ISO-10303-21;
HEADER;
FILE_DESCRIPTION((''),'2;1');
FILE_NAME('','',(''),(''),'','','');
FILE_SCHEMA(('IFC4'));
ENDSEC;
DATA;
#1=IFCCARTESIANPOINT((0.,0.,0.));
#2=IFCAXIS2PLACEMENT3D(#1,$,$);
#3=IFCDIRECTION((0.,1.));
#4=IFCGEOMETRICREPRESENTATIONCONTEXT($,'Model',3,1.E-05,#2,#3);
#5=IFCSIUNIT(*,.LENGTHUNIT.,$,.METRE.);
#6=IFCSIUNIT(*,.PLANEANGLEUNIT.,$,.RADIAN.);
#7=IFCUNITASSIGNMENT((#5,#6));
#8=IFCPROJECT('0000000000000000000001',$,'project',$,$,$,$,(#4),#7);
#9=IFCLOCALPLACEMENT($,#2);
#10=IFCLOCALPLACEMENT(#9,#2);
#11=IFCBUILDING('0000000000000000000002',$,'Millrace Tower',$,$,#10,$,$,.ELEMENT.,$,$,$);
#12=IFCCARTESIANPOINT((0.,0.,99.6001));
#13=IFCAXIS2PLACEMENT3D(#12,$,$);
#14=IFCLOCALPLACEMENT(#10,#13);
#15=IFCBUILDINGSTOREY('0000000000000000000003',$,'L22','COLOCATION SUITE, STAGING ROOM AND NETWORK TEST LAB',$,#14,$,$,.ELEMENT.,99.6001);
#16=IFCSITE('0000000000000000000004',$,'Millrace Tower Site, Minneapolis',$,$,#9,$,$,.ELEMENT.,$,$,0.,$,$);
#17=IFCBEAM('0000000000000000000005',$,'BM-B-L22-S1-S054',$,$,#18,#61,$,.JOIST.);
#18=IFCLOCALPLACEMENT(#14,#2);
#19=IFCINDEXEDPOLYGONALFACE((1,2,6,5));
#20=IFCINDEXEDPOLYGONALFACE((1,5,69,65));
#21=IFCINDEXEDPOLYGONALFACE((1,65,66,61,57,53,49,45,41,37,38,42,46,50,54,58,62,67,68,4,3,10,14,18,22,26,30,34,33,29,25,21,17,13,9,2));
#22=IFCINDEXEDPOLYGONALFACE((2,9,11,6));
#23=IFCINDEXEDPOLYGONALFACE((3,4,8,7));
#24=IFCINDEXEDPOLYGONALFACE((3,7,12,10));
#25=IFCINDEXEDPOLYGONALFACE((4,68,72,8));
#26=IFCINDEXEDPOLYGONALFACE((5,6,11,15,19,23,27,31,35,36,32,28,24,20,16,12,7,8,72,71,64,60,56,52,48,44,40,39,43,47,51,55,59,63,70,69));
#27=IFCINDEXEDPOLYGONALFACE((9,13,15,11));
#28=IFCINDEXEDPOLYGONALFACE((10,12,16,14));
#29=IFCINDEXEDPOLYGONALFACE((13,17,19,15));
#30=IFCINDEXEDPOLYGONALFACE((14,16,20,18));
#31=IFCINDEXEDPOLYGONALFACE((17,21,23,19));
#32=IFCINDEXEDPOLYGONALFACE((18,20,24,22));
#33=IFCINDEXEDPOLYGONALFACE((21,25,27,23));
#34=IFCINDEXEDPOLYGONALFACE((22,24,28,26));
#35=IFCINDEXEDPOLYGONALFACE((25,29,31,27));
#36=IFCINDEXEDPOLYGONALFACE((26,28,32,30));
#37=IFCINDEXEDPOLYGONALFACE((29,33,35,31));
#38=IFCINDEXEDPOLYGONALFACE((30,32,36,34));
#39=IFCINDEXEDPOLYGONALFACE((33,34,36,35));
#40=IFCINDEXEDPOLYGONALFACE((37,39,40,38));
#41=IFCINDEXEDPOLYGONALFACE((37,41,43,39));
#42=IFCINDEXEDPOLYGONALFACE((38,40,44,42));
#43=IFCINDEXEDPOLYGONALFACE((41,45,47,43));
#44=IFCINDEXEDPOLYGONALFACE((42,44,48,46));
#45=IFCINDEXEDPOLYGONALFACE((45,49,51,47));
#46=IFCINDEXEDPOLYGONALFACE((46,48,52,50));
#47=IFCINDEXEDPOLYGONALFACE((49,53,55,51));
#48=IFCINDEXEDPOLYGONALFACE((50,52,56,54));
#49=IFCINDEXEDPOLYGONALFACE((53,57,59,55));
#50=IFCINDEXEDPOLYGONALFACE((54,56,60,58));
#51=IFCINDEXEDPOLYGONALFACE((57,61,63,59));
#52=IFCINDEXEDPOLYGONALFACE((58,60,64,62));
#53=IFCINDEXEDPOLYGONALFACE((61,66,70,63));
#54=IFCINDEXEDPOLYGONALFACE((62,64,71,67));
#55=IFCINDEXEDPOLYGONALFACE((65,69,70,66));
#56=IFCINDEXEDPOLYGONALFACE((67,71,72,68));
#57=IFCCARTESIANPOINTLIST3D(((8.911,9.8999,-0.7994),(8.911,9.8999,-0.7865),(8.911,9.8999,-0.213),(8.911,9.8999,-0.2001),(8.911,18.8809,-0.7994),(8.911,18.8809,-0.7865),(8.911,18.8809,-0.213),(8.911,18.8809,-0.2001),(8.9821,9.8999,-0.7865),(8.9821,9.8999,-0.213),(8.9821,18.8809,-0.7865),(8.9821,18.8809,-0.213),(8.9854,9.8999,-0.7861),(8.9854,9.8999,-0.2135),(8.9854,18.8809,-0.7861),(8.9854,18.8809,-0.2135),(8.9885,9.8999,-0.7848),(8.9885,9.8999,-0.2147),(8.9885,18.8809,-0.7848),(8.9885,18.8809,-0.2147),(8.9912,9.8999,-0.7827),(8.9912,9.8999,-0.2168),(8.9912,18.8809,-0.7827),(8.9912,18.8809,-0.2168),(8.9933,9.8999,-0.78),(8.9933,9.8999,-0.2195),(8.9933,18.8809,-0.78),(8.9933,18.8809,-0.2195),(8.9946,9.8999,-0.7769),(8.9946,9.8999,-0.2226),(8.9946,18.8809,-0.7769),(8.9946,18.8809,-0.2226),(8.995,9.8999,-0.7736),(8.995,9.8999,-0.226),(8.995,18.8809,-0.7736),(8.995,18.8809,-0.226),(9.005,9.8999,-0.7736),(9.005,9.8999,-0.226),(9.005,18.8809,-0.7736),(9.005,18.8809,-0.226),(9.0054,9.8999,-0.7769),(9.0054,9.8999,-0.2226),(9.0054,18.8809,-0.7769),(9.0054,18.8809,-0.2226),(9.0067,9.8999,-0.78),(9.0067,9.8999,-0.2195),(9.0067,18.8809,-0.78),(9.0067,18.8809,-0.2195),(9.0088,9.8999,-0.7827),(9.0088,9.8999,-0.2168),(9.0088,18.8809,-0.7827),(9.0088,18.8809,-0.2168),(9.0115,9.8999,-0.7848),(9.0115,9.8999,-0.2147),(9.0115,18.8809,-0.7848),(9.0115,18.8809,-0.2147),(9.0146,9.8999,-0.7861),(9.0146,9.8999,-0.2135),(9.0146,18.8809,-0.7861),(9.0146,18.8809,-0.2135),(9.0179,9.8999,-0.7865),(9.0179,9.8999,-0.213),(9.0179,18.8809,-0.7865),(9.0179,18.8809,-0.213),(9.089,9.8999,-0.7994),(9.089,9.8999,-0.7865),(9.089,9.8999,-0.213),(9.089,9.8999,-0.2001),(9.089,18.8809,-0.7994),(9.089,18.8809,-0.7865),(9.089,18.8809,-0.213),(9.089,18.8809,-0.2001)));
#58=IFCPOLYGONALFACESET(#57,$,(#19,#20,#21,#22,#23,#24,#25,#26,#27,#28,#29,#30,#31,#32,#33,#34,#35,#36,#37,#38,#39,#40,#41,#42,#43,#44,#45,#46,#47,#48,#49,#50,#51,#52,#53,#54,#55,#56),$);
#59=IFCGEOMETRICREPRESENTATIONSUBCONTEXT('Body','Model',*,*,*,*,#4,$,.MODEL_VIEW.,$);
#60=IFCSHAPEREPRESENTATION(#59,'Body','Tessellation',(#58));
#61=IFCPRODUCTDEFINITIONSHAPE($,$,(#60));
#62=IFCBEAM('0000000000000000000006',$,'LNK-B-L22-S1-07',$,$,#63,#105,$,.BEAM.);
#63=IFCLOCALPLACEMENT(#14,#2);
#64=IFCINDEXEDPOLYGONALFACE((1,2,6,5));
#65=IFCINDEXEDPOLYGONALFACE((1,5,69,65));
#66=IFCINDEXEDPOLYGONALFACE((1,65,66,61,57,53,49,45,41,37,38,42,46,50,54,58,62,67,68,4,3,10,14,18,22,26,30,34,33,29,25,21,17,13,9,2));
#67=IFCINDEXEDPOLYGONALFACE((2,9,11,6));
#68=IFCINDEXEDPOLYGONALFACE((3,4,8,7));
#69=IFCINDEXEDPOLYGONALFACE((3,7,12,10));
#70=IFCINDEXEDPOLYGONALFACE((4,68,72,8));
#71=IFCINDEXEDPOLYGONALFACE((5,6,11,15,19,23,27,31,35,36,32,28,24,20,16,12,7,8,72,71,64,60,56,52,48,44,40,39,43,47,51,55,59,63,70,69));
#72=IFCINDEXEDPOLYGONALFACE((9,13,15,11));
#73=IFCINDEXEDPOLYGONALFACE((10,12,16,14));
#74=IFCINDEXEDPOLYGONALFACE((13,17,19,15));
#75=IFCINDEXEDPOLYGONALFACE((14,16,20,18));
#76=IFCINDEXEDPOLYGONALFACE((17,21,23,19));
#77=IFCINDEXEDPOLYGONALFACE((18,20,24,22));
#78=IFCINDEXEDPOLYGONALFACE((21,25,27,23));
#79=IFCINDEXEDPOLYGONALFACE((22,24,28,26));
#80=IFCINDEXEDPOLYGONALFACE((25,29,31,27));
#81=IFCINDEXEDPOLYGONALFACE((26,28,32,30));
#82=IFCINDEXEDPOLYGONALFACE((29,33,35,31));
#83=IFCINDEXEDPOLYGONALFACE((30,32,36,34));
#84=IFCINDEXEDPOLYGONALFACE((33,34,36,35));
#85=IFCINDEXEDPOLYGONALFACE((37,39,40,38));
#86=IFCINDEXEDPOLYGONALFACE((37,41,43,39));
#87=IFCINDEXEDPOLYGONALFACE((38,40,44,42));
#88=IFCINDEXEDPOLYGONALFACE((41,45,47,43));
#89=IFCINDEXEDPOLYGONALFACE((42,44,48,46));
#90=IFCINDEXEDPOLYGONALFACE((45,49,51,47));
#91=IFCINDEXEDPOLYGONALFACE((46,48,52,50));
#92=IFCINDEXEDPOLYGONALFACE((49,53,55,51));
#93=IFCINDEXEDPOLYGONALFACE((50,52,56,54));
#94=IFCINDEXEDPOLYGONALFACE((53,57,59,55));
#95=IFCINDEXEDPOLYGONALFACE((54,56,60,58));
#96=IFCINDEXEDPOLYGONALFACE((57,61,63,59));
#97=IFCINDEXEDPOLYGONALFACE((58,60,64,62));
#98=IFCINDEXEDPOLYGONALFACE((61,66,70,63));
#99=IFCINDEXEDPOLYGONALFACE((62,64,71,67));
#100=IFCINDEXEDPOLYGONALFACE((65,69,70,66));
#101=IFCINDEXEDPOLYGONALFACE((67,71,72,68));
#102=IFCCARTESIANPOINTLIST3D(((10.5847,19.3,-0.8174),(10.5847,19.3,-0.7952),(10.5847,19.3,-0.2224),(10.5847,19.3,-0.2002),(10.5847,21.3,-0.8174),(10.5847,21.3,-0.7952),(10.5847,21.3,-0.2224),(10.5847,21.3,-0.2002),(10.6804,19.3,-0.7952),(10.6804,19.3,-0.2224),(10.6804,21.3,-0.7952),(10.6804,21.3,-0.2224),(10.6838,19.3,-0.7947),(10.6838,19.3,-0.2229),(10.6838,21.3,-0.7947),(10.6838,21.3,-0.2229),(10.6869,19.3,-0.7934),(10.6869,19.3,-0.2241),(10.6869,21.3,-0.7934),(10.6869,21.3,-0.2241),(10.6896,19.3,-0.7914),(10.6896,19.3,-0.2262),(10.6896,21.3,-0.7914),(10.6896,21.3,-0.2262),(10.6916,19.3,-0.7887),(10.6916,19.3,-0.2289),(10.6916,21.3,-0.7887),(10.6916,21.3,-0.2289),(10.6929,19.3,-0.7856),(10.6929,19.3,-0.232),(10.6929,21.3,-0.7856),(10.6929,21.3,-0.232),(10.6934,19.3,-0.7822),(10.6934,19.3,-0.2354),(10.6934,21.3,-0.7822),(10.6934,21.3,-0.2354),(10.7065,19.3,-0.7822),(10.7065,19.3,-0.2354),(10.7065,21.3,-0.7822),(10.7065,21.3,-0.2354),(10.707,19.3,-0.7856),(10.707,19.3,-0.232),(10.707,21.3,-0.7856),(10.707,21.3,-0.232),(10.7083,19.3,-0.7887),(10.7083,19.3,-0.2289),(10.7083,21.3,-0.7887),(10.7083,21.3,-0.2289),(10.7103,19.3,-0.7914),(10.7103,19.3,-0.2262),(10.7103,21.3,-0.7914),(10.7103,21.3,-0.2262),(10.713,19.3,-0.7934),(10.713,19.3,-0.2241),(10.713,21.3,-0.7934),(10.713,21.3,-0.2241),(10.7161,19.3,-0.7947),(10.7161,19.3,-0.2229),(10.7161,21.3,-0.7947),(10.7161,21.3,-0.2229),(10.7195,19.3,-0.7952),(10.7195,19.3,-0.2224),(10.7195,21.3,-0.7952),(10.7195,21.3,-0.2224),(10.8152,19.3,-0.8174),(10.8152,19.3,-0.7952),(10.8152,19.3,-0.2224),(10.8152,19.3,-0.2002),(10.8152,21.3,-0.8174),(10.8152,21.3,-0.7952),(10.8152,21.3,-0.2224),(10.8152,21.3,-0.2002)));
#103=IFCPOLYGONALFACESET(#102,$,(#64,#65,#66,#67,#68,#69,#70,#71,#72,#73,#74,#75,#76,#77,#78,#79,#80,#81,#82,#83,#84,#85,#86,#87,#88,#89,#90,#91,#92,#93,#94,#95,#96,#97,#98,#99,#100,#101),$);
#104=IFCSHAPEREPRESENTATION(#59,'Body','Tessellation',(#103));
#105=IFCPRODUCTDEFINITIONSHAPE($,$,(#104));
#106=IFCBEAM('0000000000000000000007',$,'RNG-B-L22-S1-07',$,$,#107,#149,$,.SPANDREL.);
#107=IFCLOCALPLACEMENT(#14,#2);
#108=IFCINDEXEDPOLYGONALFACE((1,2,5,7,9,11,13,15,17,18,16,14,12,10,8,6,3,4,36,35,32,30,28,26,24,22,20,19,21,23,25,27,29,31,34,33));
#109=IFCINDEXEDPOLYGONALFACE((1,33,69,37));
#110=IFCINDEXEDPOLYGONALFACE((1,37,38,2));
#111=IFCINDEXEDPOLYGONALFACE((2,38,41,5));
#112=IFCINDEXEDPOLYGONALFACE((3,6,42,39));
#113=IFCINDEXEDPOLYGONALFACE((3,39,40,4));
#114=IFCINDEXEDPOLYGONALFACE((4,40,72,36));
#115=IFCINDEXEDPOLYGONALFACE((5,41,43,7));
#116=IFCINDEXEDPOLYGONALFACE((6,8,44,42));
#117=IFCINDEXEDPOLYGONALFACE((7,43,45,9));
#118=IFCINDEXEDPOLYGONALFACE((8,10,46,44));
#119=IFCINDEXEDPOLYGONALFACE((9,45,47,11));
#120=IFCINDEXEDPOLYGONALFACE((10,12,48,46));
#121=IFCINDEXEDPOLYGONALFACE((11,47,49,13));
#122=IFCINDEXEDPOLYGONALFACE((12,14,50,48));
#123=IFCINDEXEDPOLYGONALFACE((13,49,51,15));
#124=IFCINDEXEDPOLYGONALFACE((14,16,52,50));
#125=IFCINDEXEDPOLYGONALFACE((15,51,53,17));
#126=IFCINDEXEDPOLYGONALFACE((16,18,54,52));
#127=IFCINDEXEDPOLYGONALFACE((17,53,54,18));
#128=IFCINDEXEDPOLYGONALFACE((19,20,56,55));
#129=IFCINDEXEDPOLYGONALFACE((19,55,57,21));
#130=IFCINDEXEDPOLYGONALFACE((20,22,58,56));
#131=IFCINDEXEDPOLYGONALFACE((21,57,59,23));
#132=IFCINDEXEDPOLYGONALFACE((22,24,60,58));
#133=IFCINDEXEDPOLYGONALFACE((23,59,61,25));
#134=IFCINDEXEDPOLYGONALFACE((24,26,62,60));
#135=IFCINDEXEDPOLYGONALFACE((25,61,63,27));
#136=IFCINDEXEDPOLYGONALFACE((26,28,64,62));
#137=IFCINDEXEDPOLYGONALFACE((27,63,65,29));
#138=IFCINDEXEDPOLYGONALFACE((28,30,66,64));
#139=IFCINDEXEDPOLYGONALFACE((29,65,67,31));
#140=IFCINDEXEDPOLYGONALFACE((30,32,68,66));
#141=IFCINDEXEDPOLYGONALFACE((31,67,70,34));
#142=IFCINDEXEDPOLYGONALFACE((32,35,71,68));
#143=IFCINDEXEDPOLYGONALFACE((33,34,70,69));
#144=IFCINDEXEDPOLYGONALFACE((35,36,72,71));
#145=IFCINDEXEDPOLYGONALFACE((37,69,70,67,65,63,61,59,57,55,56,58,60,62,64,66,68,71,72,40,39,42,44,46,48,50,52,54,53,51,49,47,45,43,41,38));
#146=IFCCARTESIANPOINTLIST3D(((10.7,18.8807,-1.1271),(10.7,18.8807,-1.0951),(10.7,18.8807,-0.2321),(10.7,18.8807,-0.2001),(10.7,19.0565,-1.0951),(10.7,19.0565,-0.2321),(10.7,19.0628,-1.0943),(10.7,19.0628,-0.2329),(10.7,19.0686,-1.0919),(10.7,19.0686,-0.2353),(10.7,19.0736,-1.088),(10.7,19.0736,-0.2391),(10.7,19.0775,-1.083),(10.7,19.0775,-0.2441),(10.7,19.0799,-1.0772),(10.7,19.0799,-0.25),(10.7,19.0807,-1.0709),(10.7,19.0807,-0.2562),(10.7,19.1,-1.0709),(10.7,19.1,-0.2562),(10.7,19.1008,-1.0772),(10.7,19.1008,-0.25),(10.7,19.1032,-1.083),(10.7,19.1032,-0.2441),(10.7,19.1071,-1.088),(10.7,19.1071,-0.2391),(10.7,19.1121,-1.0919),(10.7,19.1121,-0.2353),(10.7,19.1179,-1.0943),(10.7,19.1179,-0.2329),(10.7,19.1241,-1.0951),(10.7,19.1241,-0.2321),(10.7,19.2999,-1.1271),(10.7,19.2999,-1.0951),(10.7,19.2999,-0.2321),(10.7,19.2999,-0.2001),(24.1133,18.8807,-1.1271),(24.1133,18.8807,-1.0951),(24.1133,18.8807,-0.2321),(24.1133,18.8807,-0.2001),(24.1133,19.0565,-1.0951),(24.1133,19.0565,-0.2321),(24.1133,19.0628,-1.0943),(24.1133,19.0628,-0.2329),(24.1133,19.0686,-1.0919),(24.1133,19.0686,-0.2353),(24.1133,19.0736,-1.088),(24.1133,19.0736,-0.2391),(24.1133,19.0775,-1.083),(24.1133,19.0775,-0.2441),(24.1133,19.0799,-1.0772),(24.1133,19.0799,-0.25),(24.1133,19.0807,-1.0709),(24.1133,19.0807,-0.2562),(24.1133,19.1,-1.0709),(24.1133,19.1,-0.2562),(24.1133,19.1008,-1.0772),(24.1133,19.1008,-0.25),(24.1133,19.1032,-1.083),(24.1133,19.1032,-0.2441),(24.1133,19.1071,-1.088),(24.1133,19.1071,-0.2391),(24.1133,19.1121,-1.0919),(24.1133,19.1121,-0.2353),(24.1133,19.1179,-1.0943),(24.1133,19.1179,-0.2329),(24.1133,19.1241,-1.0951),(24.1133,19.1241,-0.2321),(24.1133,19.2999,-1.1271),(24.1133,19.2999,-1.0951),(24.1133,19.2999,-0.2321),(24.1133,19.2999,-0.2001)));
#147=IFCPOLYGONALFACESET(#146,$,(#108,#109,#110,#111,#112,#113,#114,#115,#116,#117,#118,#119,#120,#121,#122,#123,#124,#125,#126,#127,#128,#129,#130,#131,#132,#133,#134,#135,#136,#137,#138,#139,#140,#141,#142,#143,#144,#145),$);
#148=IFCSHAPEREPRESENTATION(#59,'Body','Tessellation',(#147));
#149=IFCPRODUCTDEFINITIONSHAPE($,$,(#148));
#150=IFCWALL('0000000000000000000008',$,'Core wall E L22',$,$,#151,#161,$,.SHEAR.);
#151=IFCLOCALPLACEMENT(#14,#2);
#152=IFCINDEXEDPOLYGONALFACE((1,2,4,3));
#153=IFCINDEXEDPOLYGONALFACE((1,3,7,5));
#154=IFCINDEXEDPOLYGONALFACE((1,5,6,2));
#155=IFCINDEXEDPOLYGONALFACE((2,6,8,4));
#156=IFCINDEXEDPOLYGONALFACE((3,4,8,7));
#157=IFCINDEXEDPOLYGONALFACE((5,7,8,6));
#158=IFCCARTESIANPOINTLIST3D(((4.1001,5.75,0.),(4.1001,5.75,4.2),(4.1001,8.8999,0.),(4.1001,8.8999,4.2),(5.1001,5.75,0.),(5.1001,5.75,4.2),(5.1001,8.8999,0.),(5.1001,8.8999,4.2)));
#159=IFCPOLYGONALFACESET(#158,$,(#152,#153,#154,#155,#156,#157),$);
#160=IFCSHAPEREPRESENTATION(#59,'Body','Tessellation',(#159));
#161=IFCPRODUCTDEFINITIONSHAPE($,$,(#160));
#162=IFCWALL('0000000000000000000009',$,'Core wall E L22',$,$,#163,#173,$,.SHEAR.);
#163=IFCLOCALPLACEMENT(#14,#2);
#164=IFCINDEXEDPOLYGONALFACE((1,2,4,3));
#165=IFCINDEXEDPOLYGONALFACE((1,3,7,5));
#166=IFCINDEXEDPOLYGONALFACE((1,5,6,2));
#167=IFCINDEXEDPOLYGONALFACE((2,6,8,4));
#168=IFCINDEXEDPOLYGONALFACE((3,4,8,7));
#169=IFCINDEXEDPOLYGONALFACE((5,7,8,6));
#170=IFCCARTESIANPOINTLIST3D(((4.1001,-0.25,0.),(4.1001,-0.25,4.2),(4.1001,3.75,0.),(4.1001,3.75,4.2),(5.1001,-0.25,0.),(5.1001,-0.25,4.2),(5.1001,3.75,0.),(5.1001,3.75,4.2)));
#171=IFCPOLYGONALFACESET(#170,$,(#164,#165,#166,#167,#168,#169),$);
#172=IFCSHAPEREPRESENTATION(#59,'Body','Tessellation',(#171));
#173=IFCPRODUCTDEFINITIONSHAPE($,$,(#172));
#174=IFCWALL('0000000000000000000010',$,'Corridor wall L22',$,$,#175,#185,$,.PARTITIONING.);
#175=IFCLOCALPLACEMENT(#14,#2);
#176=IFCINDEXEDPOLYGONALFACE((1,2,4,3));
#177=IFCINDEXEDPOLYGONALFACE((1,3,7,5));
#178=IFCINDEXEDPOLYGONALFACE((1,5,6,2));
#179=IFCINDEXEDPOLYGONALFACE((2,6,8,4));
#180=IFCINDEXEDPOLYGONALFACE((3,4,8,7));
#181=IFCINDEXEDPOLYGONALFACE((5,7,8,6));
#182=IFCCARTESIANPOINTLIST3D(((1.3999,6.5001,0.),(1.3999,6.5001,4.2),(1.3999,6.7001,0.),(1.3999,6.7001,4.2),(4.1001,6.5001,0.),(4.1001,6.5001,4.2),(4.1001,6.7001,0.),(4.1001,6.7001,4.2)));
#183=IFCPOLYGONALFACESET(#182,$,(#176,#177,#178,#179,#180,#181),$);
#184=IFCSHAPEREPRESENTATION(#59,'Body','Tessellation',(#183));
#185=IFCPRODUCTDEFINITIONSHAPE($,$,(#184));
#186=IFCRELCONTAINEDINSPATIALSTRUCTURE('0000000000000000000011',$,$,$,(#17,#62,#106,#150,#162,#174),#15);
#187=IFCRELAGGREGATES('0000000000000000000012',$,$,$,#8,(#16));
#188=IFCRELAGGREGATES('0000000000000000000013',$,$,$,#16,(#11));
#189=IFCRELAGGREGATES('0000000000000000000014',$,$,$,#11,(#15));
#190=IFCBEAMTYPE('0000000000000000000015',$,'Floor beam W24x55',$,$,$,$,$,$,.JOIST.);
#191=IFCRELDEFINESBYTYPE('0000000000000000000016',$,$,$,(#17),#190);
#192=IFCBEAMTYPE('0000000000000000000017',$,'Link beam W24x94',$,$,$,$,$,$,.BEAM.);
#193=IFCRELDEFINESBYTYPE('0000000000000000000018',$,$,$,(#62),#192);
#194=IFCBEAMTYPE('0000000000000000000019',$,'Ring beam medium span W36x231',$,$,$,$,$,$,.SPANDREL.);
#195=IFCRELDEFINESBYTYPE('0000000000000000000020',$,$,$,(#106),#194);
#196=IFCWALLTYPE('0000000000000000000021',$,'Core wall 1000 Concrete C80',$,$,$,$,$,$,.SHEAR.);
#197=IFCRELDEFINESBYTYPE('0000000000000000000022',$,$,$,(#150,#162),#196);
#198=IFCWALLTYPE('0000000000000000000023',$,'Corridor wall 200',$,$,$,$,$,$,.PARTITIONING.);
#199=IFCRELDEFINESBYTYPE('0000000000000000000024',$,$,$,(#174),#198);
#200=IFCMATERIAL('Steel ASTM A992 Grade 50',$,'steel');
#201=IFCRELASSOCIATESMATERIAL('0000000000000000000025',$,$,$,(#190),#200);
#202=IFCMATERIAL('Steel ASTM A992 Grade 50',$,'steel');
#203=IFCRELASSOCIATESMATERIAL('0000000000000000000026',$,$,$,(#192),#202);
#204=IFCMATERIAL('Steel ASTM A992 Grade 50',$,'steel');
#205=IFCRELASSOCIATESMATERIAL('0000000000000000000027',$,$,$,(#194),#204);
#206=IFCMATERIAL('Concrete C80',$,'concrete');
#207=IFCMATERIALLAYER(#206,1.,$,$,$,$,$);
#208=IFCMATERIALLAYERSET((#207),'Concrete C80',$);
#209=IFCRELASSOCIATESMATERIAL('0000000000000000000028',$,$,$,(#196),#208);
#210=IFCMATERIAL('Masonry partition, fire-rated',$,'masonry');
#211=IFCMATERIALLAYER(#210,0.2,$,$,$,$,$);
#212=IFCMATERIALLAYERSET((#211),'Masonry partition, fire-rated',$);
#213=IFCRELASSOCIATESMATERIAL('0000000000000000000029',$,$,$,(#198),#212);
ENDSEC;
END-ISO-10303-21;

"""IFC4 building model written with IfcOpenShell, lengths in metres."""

from ifc_helpers import new_model, si_unit, direction, frame, frame_2d, origin, origin_2d, place, context, subcontext, project, spatial, rectangle, i_section, extrude, material, layer, layer_set, material_profile, profile_set, type_object, element, save


model = new_model("IFC4")

# Units and contexts
model_context = context("Model", 3, precision=1e-05, world=origin(), true_north=direction((0.0, 1.0)))
body_context = subcontext(model_context, "Body", "Model", "MODEL_VIEW")
ifc_project = project(units=[si_unit("LENGTHUNIT", "METRE"), si_unit("PLANEANGLEUNIT", "RADIAN")], contexts=[model_context])

# Site, building, storey
site_placement = place(None, origin())
site = spatial("IfcSite", under=ifc_project, at=site_placement, Name="Millrace Tower Site, Minneapolis", CompositionType="ELEMENT", RefElevation=0.0)
building_placement = place(site_placement, origin())
building = spatial("IfcBuilding", under=site, at=building_placement, Name="Millrace Tower", CompositionType="ELEMENT")
storey_placement = place(building_placement, frame((0.0, 0.0, 99.6001)))
storey = spatial("IfcBuildingStorey", under=building, at=storey_placement, Name="L22", Description="COLOCATION SUITE, STAGING ROOM AND NETWORK TEST LAB", CompositionType="ELEMENT", Elevation=99.6001)

# Beams
ifc_material_1 = material(Name="Steel ASTM A992 Grade 50", Category="steel")
ifc_material_profile_1 = material_profile(ifc_material_1, i_section(OverallWidth=0.178, OverallDepth=0.5994, WebThickness=0.01, FlangeThickness=0.0129, FilletRadius=0.0129, at=origin_2d()))
ifc_profile_set_1 = profile_set([ifc_material_profile_1], Name="Steel ASTM A992 Grade 50")
beam_type_1 = type_object("IfcBeamType", Name="Floor beam W24x55", PredefinedType="JOIST", material=ifc_profile_set_1)
for number, where, z_axis, x_axis, name in (
    (1, (9.0, 9.8999, -0.4998), (0.0, 1.0, 0.0), (-1.0, 0.0, 0.0), "BM-B-L22-S1-S054"),
):
    element("IfcBeam", number, at=place(storey_placement, frame(where, z_axis=z_axis, x_axis=x_axis)), inside=storey, type_object=beam_type_1, Name=name, PredefinedType="JOIST", context=body_context, shape_type="SweptSolid", body=[
        extrude(i_section(OverallWidth=0.178, OverallDepth=0.5994, WebThickness=0.01, FlangeThickness=0.0129, FilletRadius=0.0129, at=origin_2d()), origin(), (0.0, 0.0, 1.0), 8.981),
    ])
ifc_material_2 = material(Name="Steel ASTM A992 Grade 50", Category="steel")
ifc_material_profile_2 = material_profile(ifc_material_2, i_section(OverallWidth=0.2305, OverallDepth=0.6172, WebThickness=0.0132, FlangeThickness=0.0222, FilletRadius=0.0129, at=origin_2d()))
ifc_profile_set_2 = profile_set([ifc_material_profile_2], Name="Steel ASTM A992 Grade 50")
beam_type_2 = type_object("IfcBeamType", Name="Link beam W24x94", PredefinedType="BEAM", material=ifc_profile_set_2)
beam_1_placement = place(storey_placement, frame((10.7, 19.3, -0.5088), z_axis=(0.0, 1.0, 0.0), x_axis=(-1.0, 0.0, 0.0)))
element("IfcBeam", 2, at=beam_1_placement, inside=storey, type_object=beam_type_2, Name="LNK-B-L22-S1-07", PredefinedType="BEAM", context=body_context, shape_type="SweptSolid", body=[
    extrude(i_section(OverallWidth=0.2305, OverallDepth=0.6172, WebThickness=0.0132, FlangeThickness=0.0222, FilletRadius=0.0129, at=origin_2d()), origin(), (0.0, 0.0, 1.0), 2.0),
])
ifc_material_3 = material(Name="Steel ASTM A992 Grade 50", Category="steel")
ifc_material_profile_3 = material_profile(ifc_material_3, i_section(OverallWidth=0.4192, OverallDepth=0.927, WebThickness=0.0193, FlangeThickness=0.032, FilletRadius=0.0242, at=origin_2d()))
ifc_profile_set_3 = profile_set([ifc_material_profile_3], Name="Steel ASTM A992 Grade 50")
beam_type_3 = type_object("IfcBeamType", Name="Ring beam medium span W36x231", PredefinedType="SPANDREL", material=ifc_profile_set_3)
beam_2_placement = place(storey_placement, frame((10.7, 19.0903, -0.6636), z_axis=(1.0, 0.0, 0.0), x_axis=(0.0, 1.0, 0.0)))
element("IfcBeam", 3, at=beam_2_placement, inside=storey, type_object=beam_type_3, Name="RNG-B-L22-S1-07", PredefinedType="SPANDREL", context=body_context, shape_type="SweptSolid", body=[
    extrude(i_section(OverallWidth=0.4192, OverallDepth=0.927, WebThickness=0.0193, FlangeThickness=0.032, FilletRadius=0.0242, at=origin_2d()), origin(), (0.0, 0.0, 1.0), 13.4133),
])

# Walls
ifc_material_4 = material(Name="Concrete C80", Category="concrete")
ifc_layer_1 = layer(ifc_material_4, 1.0)
ifc_layer_set_1 = layer_set([ifc_layer_1], Name="Concrete C80")
wall_type_1 = type_object("IfcWallType", Name="Core wall 1000 Concrete C80", PredefinedType="SHEAR", material=ifc_layer_set_1)
wall_1_placement = place(storey_placement, frame((4.6001, 8.8999, 0.0), z_axis=(0.0, 0.0, 1.0), x_axis=(0.0, -1.0, 0.0)))
element("IfcWall", 4, at=wall_1_placement, inside=storey, type_object=wall_type_1, Name="Core wall E L22", PredefinedType="SHEAR", context=body_context, shape_type="SweptSolid", body=[
    extrude(rectangle(XDim=3.1499, YDim=1.0, at=frame_2d((1.575, 0.0))), origin(), (0.0, 0.0, 1.0), 4.2),
])
wall_2_placement = place(storey_placement, frame((4.6001, 3.75, 0.0), z_axis=(0.0, 0.0, 1.0), x_axis=(0.0, -1.0, 0.0)))
element("IfcWall", 5, at=wall_2_placement, inside=storey, type_object=wall_type_1, Name="Core wall E L22", PredefinedType="SHEAR", context=body_context, shape_type="SweptSolid", body=[
    extrude(rectangle(XDim=4.0, YDim=1.0, at=frame_2d((2.0, 0.0))), origin(), (0.0, 0.0, 1.0), 4.2),
])
ifc_material_5 = material(Name="Masonry partition, fire-rated", Category="masonry")
ifc_layer_2 = layer(ifc_material_5, 0.2)
ifc_layer_set_2 = layer_set([ifc_layer_2], Name="Masonry partition, fire-rated")
wall_type_2 = type_object("IfcWallType", Name="Corridor wall 200", PredefinedType="PARTITIONING", material=ifc_layer_set_2)
wall_3_placement = place(storey_placement, frame((1.3999, 6.6001, 0.0), z_axis=(0.0, 0.0, 1.0), x_axis=(1.0, 0.0, 0.0)))
element("IfcWall", 6, at=wall_3_placement, inside=storey, type_object=wall_type_2, Name="Corridor wall L22", PredefinedType="PARTITIONING", context=body_context, shape_type="SweptSolid", body=[
    extrude(rectangle(XDim=2.7002, YDim=0.2, at=frame_2d((1.3501, 0.0))), origin(), (0.0, 0.0, 1.0), 4.2),
])

save(model, "model.ifc")
